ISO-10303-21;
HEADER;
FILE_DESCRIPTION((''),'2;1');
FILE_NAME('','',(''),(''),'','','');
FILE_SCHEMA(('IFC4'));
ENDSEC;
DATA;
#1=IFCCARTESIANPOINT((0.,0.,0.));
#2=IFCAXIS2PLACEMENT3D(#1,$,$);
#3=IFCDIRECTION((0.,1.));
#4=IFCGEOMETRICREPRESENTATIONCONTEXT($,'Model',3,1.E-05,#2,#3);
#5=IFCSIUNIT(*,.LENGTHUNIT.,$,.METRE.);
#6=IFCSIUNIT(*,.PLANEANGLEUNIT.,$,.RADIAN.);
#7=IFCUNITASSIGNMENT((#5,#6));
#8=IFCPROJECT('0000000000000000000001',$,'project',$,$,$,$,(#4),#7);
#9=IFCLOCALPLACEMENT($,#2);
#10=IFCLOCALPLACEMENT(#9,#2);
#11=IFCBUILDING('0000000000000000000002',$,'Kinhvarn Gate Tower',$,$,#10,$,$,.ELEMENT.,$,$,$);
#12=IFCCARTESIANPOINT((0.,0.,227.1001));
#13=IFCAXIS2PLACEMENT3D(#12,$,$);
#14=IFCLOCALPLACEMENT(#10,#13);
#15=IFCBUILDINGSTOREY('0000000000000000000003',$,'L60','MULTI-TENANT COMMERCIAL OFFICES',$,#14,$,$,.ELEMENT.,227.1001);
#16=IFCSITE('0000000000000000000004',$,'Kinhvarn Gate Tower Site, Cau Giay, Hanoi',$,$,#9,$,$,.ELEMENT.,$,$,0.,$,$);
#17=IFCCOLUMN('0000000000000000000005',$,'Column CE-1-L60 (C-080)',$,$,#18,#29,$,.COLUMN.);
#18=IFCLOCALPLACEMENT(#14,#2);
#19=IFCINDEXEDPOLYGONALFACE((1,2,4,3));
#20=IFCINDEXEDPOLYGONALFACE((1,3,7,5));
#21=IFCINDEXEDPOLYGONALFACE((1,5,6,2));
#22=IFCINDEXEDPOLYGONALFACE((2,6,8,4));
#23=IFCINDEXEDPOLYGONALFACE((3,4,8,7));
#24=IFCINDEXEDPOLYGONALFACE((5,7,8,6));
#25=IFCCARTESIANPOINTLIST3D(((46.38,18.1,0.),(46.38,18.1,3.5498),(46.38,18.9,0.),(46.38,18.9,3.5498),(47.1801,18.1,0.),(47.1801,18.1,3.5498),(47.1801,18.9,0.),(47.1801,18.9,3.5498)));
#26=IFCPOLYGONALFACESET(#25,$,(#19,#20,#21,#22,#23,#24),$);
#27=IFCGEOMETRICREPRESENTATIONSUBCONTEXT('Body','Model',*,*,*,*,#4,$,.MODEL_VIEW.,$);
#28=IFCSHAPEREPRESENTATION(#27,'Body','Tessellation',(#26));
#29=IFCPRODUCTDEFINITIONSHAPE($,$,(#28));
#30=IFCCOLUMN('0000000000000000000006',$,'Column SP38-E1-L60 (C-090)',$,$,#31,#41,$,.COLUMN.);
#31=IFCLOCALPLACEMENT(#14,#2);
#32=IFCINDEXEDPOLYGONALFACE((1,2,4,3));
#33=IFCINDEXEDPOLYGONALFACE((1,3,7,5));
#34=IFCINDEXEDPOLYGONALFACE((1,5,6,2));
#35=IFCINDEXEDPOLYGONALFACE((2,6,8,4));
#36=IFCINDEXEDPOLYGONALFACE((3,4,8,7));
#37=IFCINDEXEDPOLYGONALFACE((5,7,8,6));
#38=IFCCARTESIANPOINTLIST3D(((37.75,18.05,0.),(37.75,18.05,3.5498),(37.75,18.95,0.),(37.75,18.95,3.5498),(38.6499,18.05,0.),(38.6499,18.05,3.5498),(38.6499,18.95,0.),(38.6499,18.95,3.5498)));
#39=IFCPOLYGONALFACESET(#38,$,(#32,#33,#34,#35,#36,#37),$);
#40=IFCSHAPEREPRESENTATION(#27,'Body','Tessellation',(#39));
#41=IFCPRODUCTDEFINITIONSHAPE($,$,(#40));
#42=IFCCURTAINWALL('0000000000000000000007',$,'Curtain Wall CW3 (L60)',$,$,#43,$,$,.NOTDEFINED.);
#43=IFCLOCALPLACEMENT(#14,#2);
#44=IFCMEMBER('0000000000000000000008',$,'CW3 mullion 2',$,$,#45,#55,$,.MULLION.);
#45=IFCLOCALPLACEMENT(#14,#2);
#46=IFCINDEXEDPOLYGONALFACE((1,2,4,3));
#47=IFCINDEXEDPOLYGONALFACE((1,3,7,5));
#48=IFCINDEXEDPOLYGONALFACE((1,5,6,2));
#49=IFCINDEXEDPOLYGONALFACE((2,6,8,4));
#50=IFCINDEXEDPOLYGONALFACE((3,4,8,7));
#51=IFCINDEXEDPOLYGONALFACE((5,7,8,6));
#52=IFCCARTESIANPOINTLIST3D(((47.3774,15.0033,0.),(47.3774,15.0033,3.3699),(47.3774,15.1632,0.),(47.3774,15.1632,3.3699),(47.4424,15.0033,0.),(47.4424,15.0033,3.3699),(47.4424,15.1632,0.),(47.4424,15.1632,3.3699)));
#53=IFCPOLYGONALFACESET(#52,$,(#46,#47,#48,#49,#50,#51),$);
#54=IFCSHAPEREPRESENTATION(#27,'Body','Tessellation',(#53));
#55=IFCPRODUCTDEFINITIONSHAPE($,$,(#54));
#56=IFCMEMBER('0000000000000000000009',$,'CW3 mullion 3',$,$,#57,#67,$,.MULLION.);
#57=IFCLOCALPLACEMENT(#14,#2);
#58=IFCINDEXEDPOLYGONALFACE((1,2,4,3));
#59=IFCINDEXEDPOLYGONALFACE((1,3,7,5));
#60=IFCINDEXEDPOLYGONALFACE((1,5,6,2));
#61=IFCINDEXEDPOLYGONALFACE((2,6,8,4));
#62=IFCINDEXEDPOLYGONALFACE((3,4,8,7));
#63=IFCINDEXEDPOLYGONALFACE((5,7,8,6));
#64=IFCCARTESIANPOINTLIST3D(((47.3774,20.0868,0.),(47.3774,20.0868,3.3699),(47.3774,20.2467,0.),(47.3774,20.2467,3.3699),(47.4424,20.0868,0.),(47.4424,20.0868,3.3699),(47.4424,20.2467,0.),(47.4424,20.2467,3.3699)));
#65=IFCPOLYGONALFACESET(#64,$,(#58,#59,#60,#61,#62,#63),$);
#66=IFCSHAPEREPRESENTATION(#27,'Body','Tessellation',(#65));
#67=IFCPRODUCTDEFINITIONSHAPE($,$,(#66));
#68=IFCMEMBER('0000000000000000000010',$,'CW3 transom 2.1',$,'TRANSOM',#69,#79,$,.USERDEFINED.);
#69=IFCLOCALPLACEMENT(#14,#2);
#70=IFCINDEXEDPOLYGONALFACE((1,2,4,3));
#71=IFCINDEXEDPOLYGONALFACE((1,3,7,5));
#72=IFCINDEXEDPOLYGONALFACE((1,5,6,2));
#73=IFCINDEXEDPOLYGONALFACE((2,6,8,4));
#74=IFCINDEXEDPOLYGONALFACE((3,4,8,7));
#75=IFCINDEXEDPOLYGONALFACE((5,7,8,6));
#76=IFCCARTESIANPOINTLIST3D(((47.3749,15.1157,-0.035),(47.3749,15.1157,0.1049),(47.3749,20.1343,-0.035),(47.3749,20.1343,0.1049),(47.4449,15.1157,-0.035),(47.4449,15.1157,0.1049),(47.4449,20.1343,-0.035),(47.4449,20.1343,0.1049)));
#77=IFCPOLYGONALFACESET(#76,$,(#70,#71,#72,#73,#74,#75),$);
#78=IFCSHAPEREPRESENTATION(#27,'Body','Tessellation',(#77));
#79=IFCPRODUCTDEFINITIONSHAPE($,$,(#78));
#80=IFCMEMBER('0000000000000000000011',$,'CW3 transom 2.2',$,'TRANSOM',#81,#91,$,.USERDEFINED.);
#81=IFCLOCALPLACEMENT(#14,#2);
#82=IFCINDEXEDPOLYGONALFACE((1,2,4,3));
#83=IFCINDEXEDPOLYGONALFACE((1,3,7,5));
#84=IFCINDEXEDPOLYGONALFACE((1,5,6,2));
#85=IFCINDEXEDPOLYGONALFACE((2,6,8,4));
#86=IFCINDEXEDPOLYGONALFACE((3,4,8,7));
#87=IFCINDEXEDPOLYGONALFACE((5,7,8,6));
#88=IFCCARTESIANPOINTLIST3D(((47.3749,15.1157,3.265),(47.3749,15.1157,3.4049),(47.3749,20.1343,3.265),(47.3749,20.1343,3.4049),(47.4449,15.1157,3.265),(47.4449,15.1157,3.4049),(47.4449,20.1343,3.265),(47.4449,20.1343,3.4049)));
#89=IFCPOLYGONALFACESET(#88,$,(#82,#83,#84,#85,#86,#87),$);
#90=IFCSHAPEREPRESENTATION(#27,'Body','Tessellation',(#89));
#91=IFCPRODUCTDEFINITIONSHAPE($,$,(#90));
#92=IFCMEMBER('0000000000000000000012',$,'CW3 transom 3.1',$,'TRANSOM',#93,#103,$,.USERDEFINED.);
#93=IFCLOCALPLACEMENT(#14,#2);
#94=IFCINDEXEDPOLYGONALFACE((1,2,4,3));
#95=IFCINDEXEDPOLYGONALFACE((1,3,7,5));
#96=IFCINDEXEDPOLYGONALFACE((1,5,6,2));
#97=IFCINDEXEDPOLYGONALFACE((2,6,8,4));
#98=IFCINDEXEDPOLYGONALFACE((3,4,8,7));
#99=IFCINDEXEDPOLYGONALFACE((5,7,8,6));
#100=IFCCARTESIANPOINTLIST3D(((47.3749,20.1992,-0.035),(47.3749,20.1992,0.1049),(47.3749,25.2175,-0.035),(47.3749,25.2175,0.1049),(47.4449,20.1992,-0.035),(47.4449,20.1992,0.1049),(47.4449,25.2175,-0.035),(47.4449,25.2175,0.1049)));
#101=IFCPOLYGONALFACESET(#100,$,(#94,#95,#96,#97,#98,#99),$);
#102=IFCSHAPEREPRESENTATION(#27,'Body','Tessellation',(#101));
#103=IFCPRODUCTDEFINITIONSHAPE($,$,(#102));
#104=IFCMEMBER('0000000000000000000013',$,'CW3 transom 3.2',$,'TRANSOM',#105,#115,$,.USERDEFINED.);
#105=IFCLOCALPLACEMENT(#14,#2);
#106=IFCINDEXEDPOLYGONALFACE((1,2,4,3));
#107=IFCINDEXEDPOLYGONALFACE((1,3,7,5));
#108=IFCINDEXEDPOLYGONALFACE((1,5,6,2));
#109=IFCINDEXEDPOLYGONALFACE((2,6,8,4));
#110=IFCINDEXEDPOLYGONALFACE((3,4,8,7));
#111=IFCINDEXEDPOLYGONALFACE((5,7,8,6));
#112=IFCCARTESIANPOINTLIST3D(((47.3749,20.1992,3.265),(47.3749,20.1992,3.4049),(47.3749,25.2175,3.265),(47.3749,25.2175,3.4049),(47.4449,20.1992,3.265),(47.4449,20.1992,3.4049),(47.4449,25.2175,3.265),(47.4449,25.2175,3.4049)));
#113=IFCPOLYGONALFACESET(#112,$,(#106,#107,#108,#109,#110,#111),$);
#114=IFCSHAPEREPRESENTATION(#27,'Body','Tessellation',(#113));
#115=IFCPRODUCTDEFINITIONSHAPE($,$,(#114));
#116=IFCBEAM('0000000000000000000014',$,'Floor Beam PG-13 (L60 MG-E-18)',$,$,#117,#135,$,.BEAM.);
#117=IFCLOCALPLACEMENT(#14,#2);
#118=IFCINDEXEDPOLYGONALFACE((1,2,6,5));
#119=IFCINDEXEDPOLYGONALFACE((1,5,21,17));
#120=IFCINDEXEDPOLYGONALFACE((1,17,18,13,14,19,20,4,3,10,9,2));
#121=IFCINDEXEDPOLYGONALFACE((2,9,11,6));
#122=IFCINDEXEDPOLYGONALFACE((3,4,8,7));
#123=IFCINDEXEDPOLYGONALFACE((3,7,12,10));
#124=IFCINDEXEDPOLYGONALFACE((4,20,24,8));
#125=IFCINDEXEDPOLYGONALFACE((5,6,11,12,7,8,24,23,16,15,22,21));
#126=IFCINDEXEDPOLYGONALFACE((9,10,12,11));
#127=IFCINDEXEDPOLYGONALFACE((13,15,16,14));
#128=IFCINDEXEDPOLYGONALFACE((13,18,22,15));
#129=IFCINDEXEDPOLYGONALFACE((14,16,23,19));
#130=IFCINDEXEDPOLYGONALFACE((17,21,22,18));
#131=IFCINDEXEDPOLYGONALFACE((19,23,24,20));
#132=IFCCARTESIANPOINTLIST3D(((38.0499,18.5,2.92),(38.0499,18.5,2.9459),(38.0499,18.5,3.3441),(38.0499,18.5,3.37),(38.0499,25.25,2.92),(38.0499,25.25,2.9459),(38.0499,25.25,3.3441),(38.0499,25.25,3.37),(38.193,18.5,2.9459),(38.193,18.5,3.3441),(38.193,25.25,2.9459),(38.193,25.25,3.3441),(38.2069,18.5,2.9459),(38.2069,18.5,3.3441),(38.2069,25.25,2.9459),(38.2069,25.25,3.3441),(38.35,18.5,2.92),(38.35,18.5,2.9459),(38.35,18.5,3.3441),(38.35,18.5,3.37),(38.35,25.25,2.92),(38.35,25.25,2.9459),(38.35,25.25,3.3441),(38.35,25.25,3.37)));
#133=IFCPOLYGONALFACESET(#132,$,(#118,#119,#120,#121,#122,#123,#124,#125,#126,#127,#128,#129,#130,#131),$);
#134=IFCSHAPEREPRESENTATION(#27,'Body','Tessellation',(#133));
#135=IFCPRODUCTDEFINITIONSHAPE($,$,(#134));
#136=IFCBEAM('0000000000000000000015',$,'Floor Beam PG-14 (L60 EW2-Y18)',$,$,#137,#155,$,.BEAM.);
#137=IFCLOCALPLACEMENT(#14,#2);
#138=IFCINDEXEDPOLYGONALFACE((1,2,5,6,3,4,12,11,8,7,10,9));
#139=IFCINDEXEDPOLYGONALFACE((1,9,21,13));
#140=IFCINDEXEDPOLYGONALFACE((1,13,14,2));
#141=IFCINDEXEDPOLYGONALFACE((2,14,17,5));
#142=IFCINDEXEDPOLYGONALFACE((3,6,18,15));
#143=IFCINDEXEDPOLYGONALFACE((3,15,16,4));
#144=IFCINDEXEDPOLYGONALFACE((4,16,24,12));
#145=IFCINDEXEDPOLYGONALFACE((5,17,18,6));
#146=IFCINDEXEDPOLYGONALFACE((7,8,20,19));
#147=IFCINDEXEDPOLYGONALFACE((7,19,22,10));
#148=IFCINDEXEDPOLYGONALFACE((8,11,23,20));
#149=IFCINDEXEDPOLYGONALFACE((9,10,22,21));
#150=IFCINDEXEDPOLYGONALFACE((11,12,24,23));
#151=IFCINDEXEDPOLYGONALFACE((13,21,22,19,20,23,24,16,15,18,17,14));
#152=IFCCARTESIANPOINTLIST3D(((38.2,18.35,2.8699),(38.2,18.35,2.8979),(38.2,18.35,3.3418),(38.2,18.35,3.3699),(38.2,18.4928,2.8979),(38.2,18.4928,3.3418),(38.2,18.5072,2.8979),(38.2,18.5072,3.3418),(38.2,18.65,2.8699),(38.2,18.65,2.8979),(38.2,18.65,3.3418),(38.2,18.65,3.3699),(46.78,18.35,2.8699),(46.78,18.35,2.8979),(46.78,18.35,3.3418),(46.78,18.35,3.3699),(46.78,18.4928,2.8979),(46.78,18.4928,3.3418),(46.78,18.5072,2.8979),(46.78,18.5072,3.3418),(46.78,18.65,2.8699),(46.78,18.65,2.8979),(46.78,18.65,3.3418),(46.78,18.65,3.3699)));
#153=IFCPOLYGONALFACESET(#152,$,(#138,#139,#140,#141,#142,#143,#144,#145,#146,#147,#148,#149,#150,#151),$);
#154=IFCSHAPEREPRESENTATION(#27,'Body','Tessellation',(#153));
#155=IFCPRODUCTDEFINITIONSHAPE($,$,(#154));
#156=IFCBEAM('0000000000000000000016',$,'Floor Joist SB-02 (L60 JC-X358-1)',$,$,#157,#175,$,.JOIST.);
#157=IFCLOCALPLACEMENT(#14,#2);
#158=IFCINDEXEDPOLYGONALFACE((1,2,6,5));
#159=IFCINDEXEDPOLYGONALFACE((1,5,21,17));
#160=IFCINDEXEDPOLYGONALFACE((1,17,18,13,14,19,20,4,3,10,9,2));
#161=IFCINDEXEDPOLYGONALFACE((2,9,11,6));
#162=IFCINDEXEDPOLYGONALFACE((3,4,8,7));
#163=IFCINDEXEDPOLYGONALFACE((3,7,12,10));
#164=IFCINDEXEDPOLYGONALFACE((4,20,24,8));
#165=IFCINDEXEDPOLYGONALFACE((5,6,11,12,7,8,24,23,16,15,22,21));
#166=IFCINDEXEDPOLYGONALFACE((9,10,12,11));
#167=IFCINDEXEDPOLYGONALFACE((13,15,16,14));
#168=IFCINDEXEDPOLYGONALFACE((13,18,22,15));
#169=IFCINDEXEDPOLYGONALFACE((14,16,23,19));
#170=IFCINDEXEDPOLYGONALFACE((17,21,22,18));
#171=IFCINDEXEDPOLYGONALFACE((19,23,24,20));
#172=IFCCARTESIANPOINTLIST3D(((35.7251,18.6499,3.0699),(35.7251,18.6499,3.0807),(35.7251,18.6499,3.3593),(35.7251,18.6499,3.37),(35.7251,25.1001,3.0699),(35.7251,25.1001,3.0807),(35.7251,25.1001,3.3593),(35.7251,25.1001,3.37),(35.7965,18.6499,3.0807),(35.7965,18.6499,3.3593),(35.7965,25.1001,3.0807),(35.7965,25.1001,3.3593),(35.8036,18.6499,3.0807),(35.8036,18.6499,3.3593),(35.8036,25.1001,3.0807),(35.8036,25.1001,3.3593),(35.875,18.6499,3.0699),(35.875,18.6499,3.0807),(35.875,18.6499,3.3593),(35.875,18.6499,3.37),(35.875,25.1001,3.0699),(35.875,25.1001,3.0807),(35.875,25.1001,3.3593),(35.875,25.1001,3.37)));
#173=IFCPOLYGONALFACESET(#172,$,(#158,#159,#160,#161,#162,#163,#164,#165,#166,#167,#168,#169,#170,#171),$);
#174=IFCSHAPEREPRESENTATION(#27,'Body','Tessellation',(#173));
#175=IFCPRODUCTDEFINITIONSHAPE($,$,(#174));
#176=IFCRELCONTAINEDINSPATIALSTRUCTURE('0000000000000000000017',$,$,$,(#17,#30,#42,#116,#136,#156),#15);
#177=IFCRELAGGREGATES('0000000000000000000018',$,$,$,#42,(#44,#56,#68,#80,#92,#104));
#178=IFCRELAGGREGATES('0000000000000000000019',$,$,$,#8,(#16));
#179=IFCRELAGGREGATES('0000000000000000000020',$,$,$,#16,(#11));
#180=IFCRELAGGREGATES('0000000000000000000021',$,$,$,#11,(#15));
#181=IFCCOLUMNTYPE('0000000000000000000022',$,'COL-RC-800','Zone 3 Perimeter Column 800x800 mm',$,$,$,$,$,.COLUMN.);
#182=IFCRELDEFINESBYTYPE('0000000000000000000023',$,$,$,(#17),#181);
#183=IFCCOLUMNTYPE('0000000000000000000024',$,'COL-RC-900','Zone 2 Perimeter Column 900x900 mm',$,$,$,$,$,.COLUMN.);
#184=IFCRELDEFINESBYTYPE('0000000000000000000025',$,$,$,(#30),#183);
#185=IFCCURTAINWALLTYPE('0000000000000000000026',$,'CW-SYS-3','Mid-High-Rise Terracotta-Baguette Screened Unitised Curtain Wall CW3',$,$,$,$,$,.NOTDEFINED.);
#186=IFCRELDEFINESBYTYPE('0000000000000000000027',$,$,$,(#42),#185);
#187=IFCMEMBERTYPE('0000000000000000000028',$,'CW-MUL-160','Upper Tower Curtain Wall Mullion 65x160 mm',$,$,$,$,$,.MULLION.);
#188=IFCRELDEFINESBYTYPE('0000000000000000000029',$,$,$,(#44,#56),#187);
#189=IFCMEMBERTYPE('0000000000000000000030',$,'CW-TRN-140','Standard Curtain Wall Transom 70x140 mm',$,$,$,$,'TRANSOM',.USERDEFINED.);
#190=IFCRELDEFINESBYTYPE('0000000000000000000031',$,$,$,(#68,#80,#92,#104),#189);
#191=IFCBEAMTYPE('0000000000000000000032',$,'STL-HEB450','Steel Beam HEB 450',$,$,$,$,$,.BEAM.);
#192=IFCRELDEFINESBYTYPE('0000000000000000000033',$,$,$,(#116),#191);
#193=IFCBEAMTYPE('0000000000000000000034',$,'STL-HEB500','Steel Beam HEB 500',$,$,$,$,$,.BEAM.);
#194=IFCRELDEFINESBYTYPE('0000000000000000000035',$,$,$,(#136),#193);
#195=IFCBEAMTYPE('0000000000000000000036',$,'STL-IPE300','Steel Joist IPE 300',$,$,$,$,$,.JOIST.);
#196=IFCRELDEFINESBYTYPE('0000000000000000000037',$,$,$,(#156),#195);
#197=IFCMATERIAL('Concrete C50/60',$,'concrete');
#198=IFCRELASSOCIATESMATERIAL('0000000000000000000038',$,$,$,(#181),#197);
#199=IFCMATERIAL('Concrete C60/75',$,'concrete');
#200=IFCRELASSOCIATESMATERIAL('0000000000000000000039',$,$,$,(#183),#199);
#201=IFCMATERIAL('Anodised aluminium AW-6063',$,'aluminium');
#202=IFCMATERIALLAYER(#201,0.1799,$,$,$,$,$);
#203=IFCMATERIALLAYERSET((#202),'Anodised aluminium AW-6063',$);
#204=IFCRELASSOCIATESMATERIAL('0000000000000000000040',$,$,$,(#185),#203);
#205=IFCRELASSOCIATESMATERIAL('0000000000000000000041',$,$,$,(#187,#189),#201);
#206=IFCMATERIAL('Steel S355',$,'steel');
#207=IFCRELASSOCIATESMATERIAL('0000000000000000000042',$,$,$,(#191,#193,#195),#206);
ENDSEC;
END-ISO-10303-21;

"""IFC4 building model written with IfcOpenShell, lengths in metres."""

from ifc_helpers import new_model, si_unit, direction, frame, origin, origin_2d, place, context, subcontext, project, spatial, rectangle, i_section, extrude, material, layer, layer_set, material_profile, profile_set, type_object, element, aggregate, save


model = new_model("IFC4")

# Units and contexts
model_context = context("Model", 3, precision=1e-05, world=origin(), true_north=direction((0.0, 1.0)))
body_context = subcontext(model_context, "Body", "Model", "MODEL_VIEW")
ifc_project = project(units=[si_unit("LENGTHUNIT", "METRE"), si_unit("PLANEANGLEUNIT", "RADIAN")], contexts=[model_context])

# Site, building, storey
site_placement = place(None, origin())
site = spatial("IfcSite", under=ifc_project, at=site_placement, Name="Kinhvarn Gate Tower Site, Cau Giay, Hanoi", CompositionType="ELEMENT", RefElevation=0.0)
building_placement = place(site_placement, origin())
building = spatial("IfcBuilding", under=site, at=building_placement, Name="Kinhvarn Gate Tower", CompositionType="ELEMENT")
storey_placement = place(building_placement, frame((0.0, 0.0, 227.1001)))
storey = spatial("IfcBuildingStorey", under=building, at=storey_placement, Name="L60", Description="MULTI-TENANT COMMERCIAL OFFICES", CompositionType="ELEMENT", Elevation=227.1001)

# Columns
ifc_material_1 = material(Name="Concrete C50/60", Category="concrete")
ifc_material_profile_1 = material_profile(ifc_material_1, rectangle(XDim=0.8, YDim=0.8, at=origin_2d()), Name="RC 800x800")
ifc_profile_set_1 = profile_set([ifc_material_profile_1], Name="Concrete C50/60")
column_type_1 = type_object("IfcColumnType", Name="COL-RC-800", Description="Zone 3 Perimeter Column 800x800 mm", PredefinedType="COLUMN", material=ifc_profile_set_1)
column_1_placement = place(storey_placement, frame((46.78, 18.5, 0.0), z_axis=(0.0, 0.0, 1.0), x_axis=(1.0, 0.0, 0.0)))
element("IfcColumn", 1, at=column_1_placement, inside=storey, type_object=column_type_1, Name="Column CE-1-L60 (C-080)", PredefinedType="COLUMN", context=body_context, shape_type="SweptSolid", body=[
    extrude(rectangle(XDim=0.8, YDim=0.8, at=origin_2d()), origin(), (0.0, 0.0, 1.0), 3.5498),
])
ifc_material_2 = material(Name="Concrete C60/75", Category="concrete")
ifc_material_profile_2 = material_profile(ifc_material_2, rectangle(XDim=0.8999, YDim=0.8999, at=origin_2d()), Name="RC 900x900")
ifc_profile_set_2 = profile_set([ifc_material_profile_2], Name="Concrete C60/75")
column_type_2 = type_object("IfcColumnType", Name="COL-RC-900", Description="Zone 2 Perimeter Column 900x900 mm", PredefinedType="COLUMN", material=ifc_profile_set_2)
column_2_placement = place(storey_placement, frame((38.2, 18.5, 0.0), z_axis=(0.0, 0.0, 1.0), x_axis=(1.0, 0.0, 0.0)))
element("IfcColumn", 2, at=column_2_placement, inside=storey, type_object=column_type_2, Name="Column SP38-E1-L60 (C-090)", PredefinedType="COLUMN", context=body_context, shape_type="SweptSolid", body=[
    extrude(rectangle(XDim=0.8999, YDim=0.8999, at=origin_2d()), origin(), (0.0, 0.0, 1.0), 3.5498),
])

# Curtain wall, members
ifc_material_3 = material(Name="Anodised aluminium AW-6063", Category="aluminium")
ifc_layer_1 = layer(ifc_material_3, 0.1799)
ifc_layer_set_1 = layer_set([ifc_layer_1], Name="Anodised aluminium AW-6063")
curtain_wall_type = type_object("IfcCurtainWallType", Name="CW-SYS-3", Description="Mid-High-Rise Terracotta-Baguette Screened Unitised Curtain Wall CW3", PredefinedType="NOTDEFINED", material=ifc_layer_set_1)
curtain_wall_placement = place(storey_placement, origin())
curtain_wall = element("IfcCurtainWall", 3, at=curtain_wall_placement, inside=storey, type_object=curtain_wall_type, Name="Curtain Wall CW3 (L60)", PredefinedType="NOTDEFINED")
ifc_material_profile_3 = material_profile(ifc_material_3, rectangle(XDim=0.0649, YDim=0.1599, at=origin_2d()), Name="ALU 65x160")
ifc_profile_set_3 = profile_set([ifc_material_profile_3], Name="Anodised aluminium AW-6063")
member_type_1 = type_object("IfcMemberType", Name="CW-MUL-160", Description="Upper Tower Curtain Wall Mullion 65x160 mm", PredefinedType="MULLION", material=ifc_profile_set_3)
member_1_placement = place(storey_placement, frame((47.4099, 15.0833, 0.0), z_axis=(0.0, 0.0, 1.0), x_axis=(-1.0, 0.0, 0.0)))
member_1 = element("IfcMember", 4, at=member_1_placement, type_object=member_type_1, Name="CW3 mullion 2", PredefinedType="MULLION", context=body_context, shape_type="SweptSolid", body=[
    extrude(rectangle(XDim=0.0649, YDim=0.1599, at=origin_2d()), origin(), (0.0, 0.0, 1.0), 3.3699),
])
member_2_placement = place(storey_placement, frame((47.4099, 20.1667, 0.0), z_axis=(0.0, 0.0, 1.0), x_axis=(-1.0, 0.0, 0.0)))
member_2 = element("IfcMember", 5, at=member_2_placement, type_object=member_type_1, Name="CW3 mullion 3", PredefinedType="MULLION", context=body_context, shape_type="SweptSolid", body=[
    extrude(rectangle(XDim=0.0649, YDim=0.1599, at=origin_2d()), origin(), (0.0, 0.0, 1.0), 3.3699),
])
ifc_material_profile_4 = material_profile(ifc_material_3, rectangle(XDim=0.0701, YDim=0.1399, at=origin_2d()), Name="ALU 70x140")
ifc_profile_set_4 = profile_set([ifc_material_profile_4], Name="Anodised aluminium AW-6063")
member_type_2 = type_object("IfcMemberType", Name="CW-TRN-140", Description="Standard Curtain Wall Transom 70x140 mm", ElementType="TRANSOM", PredefinedType="USERDEFINED", material=ifc_profile_set_4)
member_3_placement = place(storey_placement, frame((47.4099, 15.1157, 0.0349), z_axis=(0.0, 1.0, 0.0), x_axis=(-1.0, 0.0, 0.0)))
member_3 = element("IfcMember", 6, at=member_3_placement, type_object=member_type_2, Name="CW3 transom 2.1", ObjectType="TRANSOM", PredefinedType="USERDEFINED", context=body_context, shape_type="SweptSolid", body=[
    extrude(rectangle(XDim=0.0701, YDim=0.1399, at=origin_2d()), origin(), (0.0, 0.0, 1.0), 5.0186),
])
member_4_placement = place(storey_placement, frame((47.4099, 15.1157, 3.335), z_axis=(0.0, 1.0, 0.0), x_axis=(-1.0, 0.0, 0.0)))
member_4 = element("IfcMember", 7, at=member_4_placement, type_object=member_type_2, Name="CW3 transom 2.2", ObjectType="TRANSOM", PredefinedType="USERDEFINED", context=body_context, shape_type="SweptSolid", body=[
    extrude(rectangle(XDim=0.0701, YDim=0.1399, at=origin_2d()), origin(), (0.0, 0.0, 1.0), 5.0186),
])
member_5_placement = place(storey_placement, frame((47.4099, 20.1992, 0.0349), z_axis=(0.0, 1.0, 0.0), x_axis=(-1.0, 0.0, 0.0)))
member_5 = element("IfcMember", 8, at=member_5_placement, type_object=member_type_2, Name="CW3 transom 3.1", ObjectType="TRANSOM", PredefinedType="USERDEFINED", context=body_context, shape_type="SweptSolid", body=[
    extrude(rectangle(XDim=0.0701, YDim=0.1399, at=origin_2d()), origin(), (0.0, 0.0, 1.0), 5.0183),
])
member_6_placement = place(storey_placement, frame((47.4099, 20.1992, 3.335), z_axis=(0.0, 1.0, 0.0), x_axis=(-1.0, 0.0, 0.0)))
member_6 = element("IfcMember", 9, at=member_6_placement, type_object=member_type_2, Name="CW3 transom 3.2", ObjectType="TRANSOM", PredefinedType="USERDEFINED", context=body_context, shape_type="SweptSolid", body=[
    extrude(rectangle(XDim=0.0701, YDim=0.1399, at=origin_2d()), origin(), (0.0, 0.0, 1.0), 5.0183),
])

# Beams
ifc_material_4 = material(Name="Steel S355", Category="steel")
ifc_material_profile_5 = material_profile(ifc_material_4, i_section(OverallWidth=0.3, OverallDepth=0.45, WebThickness=0.0139, FlangeThickness=0.0259, at=origin_2d()), Name="HEB 450")
ifc_profile_set_5 = profile_set([ifc_material_profile_5], Name="Steel S355")
beam_type_1 = type_object("IfcBeamType", Name="STL-HEB450", Description="Steel Beam HEB 450", PredefinedType="BEAM", material=ifc_profile_set_5)
beam_1_placement = place(storey_placement, frame((38.2, 18.5, 3.145), z_axis=(0.0, 1.0, 0.0), x_axis=(-1.0, 0.0, 0.0)))
element("IfcBeam", 10, at=beam_1_placement, inside=storey, type_object=beam_type_1, Name="Floor Beam PG-13 (L60 MG-E-18)", PredefinedType="BEAM", context=body_context, shape_type="SweptSolid", body=[
    extrude(i_section(OverallWidth=0.3, OverallDepth=0.45, WebThickness=0.0139, FlangeThickness=0.0259, at=origin_2d()), origin(), (0.0, 0.0, 1.0), 6.75),
])
ifc_material_profile_6 = material_profile(ifc_material_4, i_section(OverallWidth=0.3, OverallDepth=0.5, WebThickness=0.0144, FlangeThickness=0.0281, at=origin_2d()), Name="HEB 500")
ifc_profile_set_6 = profile_set([ifc_material_profile_6], Name="Steel S355")
beam_type_2 = type_object("IfcBeamType", Name="STL-HEB500", Description="Steel Beam HEB 500", PredefinedType="BEAM", material=ifc_profile_set_6)
beam_2_placement = place(storey_placement, frame((38.2, 18.5, 3.1199), z_axis=(1.0, 0.0, 0.0), x_axis=(0.0, 1.0, 0.0)))
element("IfcBeam", 11, at=beam_2_placement, inside=storey, type_object=beam_type_2, Name="Floor Beam PG-14 (L60 EW2-Y18)", PredefinedType="BEAM", context=body_context, shape_type="SweptSolid", body=[
    extrude(i_section(OverallWidth=0.3, OverallDepth=0.5, WebThickness=0.0144, FlangeThickness=0.0281, at=origin_2d()), origin(), (0.0, 0.0, 1.0), 8.5801),
])
ifc_material_profile_7 = material_profile(ifc_material_4, i_section(OverallWidth=0.1499, OverallDepth=0.3, WebThickness=0.0071, FlangeThickness=0.0107, at=origin_2d()), Name="IPE 300")
ifc_profile_set_7 = profile_set([ifc_material_profile_7], Name="Steel S355")
beam_type_3 = type_object("IfcBeamType", Name="STL-IPE300", Description="Steel Joist IPE 300", PredefinedType="JOIST", material=ifc_profile_set_7)
for number, where, z_axis, x_axis, name in (
    (12, (35.8, 18.6499, 3.22), (0.0, 1.0, 0.0), (-1.0, 0.0, 0.0), "Floor Joist SB-02 (L60 JC-X358-1)"),
):
    element("IfcBeam", number, at=place(storey_placement, frame(where, z_axis=z_axis, x_axis=x_axis)), inside=storey, type_object=beam_type_3, Name=name, PredefinedType="JOIST", context=body_context, shape_type="SweptSolid", body=[
        extrude(i_section(OverallWidth=0.1499, OverallDepth=0.3, WebThickness=0.0071, FlangeThickness=0.0107, at=origin_2d()), origin(), (0.0, 0.0, 1.0), 6.4502),
    ])

aggregate(curtain_wall, [member_1, member_2, member_3, member_4, member_5, member_6])

save(model, "model.ifc")
